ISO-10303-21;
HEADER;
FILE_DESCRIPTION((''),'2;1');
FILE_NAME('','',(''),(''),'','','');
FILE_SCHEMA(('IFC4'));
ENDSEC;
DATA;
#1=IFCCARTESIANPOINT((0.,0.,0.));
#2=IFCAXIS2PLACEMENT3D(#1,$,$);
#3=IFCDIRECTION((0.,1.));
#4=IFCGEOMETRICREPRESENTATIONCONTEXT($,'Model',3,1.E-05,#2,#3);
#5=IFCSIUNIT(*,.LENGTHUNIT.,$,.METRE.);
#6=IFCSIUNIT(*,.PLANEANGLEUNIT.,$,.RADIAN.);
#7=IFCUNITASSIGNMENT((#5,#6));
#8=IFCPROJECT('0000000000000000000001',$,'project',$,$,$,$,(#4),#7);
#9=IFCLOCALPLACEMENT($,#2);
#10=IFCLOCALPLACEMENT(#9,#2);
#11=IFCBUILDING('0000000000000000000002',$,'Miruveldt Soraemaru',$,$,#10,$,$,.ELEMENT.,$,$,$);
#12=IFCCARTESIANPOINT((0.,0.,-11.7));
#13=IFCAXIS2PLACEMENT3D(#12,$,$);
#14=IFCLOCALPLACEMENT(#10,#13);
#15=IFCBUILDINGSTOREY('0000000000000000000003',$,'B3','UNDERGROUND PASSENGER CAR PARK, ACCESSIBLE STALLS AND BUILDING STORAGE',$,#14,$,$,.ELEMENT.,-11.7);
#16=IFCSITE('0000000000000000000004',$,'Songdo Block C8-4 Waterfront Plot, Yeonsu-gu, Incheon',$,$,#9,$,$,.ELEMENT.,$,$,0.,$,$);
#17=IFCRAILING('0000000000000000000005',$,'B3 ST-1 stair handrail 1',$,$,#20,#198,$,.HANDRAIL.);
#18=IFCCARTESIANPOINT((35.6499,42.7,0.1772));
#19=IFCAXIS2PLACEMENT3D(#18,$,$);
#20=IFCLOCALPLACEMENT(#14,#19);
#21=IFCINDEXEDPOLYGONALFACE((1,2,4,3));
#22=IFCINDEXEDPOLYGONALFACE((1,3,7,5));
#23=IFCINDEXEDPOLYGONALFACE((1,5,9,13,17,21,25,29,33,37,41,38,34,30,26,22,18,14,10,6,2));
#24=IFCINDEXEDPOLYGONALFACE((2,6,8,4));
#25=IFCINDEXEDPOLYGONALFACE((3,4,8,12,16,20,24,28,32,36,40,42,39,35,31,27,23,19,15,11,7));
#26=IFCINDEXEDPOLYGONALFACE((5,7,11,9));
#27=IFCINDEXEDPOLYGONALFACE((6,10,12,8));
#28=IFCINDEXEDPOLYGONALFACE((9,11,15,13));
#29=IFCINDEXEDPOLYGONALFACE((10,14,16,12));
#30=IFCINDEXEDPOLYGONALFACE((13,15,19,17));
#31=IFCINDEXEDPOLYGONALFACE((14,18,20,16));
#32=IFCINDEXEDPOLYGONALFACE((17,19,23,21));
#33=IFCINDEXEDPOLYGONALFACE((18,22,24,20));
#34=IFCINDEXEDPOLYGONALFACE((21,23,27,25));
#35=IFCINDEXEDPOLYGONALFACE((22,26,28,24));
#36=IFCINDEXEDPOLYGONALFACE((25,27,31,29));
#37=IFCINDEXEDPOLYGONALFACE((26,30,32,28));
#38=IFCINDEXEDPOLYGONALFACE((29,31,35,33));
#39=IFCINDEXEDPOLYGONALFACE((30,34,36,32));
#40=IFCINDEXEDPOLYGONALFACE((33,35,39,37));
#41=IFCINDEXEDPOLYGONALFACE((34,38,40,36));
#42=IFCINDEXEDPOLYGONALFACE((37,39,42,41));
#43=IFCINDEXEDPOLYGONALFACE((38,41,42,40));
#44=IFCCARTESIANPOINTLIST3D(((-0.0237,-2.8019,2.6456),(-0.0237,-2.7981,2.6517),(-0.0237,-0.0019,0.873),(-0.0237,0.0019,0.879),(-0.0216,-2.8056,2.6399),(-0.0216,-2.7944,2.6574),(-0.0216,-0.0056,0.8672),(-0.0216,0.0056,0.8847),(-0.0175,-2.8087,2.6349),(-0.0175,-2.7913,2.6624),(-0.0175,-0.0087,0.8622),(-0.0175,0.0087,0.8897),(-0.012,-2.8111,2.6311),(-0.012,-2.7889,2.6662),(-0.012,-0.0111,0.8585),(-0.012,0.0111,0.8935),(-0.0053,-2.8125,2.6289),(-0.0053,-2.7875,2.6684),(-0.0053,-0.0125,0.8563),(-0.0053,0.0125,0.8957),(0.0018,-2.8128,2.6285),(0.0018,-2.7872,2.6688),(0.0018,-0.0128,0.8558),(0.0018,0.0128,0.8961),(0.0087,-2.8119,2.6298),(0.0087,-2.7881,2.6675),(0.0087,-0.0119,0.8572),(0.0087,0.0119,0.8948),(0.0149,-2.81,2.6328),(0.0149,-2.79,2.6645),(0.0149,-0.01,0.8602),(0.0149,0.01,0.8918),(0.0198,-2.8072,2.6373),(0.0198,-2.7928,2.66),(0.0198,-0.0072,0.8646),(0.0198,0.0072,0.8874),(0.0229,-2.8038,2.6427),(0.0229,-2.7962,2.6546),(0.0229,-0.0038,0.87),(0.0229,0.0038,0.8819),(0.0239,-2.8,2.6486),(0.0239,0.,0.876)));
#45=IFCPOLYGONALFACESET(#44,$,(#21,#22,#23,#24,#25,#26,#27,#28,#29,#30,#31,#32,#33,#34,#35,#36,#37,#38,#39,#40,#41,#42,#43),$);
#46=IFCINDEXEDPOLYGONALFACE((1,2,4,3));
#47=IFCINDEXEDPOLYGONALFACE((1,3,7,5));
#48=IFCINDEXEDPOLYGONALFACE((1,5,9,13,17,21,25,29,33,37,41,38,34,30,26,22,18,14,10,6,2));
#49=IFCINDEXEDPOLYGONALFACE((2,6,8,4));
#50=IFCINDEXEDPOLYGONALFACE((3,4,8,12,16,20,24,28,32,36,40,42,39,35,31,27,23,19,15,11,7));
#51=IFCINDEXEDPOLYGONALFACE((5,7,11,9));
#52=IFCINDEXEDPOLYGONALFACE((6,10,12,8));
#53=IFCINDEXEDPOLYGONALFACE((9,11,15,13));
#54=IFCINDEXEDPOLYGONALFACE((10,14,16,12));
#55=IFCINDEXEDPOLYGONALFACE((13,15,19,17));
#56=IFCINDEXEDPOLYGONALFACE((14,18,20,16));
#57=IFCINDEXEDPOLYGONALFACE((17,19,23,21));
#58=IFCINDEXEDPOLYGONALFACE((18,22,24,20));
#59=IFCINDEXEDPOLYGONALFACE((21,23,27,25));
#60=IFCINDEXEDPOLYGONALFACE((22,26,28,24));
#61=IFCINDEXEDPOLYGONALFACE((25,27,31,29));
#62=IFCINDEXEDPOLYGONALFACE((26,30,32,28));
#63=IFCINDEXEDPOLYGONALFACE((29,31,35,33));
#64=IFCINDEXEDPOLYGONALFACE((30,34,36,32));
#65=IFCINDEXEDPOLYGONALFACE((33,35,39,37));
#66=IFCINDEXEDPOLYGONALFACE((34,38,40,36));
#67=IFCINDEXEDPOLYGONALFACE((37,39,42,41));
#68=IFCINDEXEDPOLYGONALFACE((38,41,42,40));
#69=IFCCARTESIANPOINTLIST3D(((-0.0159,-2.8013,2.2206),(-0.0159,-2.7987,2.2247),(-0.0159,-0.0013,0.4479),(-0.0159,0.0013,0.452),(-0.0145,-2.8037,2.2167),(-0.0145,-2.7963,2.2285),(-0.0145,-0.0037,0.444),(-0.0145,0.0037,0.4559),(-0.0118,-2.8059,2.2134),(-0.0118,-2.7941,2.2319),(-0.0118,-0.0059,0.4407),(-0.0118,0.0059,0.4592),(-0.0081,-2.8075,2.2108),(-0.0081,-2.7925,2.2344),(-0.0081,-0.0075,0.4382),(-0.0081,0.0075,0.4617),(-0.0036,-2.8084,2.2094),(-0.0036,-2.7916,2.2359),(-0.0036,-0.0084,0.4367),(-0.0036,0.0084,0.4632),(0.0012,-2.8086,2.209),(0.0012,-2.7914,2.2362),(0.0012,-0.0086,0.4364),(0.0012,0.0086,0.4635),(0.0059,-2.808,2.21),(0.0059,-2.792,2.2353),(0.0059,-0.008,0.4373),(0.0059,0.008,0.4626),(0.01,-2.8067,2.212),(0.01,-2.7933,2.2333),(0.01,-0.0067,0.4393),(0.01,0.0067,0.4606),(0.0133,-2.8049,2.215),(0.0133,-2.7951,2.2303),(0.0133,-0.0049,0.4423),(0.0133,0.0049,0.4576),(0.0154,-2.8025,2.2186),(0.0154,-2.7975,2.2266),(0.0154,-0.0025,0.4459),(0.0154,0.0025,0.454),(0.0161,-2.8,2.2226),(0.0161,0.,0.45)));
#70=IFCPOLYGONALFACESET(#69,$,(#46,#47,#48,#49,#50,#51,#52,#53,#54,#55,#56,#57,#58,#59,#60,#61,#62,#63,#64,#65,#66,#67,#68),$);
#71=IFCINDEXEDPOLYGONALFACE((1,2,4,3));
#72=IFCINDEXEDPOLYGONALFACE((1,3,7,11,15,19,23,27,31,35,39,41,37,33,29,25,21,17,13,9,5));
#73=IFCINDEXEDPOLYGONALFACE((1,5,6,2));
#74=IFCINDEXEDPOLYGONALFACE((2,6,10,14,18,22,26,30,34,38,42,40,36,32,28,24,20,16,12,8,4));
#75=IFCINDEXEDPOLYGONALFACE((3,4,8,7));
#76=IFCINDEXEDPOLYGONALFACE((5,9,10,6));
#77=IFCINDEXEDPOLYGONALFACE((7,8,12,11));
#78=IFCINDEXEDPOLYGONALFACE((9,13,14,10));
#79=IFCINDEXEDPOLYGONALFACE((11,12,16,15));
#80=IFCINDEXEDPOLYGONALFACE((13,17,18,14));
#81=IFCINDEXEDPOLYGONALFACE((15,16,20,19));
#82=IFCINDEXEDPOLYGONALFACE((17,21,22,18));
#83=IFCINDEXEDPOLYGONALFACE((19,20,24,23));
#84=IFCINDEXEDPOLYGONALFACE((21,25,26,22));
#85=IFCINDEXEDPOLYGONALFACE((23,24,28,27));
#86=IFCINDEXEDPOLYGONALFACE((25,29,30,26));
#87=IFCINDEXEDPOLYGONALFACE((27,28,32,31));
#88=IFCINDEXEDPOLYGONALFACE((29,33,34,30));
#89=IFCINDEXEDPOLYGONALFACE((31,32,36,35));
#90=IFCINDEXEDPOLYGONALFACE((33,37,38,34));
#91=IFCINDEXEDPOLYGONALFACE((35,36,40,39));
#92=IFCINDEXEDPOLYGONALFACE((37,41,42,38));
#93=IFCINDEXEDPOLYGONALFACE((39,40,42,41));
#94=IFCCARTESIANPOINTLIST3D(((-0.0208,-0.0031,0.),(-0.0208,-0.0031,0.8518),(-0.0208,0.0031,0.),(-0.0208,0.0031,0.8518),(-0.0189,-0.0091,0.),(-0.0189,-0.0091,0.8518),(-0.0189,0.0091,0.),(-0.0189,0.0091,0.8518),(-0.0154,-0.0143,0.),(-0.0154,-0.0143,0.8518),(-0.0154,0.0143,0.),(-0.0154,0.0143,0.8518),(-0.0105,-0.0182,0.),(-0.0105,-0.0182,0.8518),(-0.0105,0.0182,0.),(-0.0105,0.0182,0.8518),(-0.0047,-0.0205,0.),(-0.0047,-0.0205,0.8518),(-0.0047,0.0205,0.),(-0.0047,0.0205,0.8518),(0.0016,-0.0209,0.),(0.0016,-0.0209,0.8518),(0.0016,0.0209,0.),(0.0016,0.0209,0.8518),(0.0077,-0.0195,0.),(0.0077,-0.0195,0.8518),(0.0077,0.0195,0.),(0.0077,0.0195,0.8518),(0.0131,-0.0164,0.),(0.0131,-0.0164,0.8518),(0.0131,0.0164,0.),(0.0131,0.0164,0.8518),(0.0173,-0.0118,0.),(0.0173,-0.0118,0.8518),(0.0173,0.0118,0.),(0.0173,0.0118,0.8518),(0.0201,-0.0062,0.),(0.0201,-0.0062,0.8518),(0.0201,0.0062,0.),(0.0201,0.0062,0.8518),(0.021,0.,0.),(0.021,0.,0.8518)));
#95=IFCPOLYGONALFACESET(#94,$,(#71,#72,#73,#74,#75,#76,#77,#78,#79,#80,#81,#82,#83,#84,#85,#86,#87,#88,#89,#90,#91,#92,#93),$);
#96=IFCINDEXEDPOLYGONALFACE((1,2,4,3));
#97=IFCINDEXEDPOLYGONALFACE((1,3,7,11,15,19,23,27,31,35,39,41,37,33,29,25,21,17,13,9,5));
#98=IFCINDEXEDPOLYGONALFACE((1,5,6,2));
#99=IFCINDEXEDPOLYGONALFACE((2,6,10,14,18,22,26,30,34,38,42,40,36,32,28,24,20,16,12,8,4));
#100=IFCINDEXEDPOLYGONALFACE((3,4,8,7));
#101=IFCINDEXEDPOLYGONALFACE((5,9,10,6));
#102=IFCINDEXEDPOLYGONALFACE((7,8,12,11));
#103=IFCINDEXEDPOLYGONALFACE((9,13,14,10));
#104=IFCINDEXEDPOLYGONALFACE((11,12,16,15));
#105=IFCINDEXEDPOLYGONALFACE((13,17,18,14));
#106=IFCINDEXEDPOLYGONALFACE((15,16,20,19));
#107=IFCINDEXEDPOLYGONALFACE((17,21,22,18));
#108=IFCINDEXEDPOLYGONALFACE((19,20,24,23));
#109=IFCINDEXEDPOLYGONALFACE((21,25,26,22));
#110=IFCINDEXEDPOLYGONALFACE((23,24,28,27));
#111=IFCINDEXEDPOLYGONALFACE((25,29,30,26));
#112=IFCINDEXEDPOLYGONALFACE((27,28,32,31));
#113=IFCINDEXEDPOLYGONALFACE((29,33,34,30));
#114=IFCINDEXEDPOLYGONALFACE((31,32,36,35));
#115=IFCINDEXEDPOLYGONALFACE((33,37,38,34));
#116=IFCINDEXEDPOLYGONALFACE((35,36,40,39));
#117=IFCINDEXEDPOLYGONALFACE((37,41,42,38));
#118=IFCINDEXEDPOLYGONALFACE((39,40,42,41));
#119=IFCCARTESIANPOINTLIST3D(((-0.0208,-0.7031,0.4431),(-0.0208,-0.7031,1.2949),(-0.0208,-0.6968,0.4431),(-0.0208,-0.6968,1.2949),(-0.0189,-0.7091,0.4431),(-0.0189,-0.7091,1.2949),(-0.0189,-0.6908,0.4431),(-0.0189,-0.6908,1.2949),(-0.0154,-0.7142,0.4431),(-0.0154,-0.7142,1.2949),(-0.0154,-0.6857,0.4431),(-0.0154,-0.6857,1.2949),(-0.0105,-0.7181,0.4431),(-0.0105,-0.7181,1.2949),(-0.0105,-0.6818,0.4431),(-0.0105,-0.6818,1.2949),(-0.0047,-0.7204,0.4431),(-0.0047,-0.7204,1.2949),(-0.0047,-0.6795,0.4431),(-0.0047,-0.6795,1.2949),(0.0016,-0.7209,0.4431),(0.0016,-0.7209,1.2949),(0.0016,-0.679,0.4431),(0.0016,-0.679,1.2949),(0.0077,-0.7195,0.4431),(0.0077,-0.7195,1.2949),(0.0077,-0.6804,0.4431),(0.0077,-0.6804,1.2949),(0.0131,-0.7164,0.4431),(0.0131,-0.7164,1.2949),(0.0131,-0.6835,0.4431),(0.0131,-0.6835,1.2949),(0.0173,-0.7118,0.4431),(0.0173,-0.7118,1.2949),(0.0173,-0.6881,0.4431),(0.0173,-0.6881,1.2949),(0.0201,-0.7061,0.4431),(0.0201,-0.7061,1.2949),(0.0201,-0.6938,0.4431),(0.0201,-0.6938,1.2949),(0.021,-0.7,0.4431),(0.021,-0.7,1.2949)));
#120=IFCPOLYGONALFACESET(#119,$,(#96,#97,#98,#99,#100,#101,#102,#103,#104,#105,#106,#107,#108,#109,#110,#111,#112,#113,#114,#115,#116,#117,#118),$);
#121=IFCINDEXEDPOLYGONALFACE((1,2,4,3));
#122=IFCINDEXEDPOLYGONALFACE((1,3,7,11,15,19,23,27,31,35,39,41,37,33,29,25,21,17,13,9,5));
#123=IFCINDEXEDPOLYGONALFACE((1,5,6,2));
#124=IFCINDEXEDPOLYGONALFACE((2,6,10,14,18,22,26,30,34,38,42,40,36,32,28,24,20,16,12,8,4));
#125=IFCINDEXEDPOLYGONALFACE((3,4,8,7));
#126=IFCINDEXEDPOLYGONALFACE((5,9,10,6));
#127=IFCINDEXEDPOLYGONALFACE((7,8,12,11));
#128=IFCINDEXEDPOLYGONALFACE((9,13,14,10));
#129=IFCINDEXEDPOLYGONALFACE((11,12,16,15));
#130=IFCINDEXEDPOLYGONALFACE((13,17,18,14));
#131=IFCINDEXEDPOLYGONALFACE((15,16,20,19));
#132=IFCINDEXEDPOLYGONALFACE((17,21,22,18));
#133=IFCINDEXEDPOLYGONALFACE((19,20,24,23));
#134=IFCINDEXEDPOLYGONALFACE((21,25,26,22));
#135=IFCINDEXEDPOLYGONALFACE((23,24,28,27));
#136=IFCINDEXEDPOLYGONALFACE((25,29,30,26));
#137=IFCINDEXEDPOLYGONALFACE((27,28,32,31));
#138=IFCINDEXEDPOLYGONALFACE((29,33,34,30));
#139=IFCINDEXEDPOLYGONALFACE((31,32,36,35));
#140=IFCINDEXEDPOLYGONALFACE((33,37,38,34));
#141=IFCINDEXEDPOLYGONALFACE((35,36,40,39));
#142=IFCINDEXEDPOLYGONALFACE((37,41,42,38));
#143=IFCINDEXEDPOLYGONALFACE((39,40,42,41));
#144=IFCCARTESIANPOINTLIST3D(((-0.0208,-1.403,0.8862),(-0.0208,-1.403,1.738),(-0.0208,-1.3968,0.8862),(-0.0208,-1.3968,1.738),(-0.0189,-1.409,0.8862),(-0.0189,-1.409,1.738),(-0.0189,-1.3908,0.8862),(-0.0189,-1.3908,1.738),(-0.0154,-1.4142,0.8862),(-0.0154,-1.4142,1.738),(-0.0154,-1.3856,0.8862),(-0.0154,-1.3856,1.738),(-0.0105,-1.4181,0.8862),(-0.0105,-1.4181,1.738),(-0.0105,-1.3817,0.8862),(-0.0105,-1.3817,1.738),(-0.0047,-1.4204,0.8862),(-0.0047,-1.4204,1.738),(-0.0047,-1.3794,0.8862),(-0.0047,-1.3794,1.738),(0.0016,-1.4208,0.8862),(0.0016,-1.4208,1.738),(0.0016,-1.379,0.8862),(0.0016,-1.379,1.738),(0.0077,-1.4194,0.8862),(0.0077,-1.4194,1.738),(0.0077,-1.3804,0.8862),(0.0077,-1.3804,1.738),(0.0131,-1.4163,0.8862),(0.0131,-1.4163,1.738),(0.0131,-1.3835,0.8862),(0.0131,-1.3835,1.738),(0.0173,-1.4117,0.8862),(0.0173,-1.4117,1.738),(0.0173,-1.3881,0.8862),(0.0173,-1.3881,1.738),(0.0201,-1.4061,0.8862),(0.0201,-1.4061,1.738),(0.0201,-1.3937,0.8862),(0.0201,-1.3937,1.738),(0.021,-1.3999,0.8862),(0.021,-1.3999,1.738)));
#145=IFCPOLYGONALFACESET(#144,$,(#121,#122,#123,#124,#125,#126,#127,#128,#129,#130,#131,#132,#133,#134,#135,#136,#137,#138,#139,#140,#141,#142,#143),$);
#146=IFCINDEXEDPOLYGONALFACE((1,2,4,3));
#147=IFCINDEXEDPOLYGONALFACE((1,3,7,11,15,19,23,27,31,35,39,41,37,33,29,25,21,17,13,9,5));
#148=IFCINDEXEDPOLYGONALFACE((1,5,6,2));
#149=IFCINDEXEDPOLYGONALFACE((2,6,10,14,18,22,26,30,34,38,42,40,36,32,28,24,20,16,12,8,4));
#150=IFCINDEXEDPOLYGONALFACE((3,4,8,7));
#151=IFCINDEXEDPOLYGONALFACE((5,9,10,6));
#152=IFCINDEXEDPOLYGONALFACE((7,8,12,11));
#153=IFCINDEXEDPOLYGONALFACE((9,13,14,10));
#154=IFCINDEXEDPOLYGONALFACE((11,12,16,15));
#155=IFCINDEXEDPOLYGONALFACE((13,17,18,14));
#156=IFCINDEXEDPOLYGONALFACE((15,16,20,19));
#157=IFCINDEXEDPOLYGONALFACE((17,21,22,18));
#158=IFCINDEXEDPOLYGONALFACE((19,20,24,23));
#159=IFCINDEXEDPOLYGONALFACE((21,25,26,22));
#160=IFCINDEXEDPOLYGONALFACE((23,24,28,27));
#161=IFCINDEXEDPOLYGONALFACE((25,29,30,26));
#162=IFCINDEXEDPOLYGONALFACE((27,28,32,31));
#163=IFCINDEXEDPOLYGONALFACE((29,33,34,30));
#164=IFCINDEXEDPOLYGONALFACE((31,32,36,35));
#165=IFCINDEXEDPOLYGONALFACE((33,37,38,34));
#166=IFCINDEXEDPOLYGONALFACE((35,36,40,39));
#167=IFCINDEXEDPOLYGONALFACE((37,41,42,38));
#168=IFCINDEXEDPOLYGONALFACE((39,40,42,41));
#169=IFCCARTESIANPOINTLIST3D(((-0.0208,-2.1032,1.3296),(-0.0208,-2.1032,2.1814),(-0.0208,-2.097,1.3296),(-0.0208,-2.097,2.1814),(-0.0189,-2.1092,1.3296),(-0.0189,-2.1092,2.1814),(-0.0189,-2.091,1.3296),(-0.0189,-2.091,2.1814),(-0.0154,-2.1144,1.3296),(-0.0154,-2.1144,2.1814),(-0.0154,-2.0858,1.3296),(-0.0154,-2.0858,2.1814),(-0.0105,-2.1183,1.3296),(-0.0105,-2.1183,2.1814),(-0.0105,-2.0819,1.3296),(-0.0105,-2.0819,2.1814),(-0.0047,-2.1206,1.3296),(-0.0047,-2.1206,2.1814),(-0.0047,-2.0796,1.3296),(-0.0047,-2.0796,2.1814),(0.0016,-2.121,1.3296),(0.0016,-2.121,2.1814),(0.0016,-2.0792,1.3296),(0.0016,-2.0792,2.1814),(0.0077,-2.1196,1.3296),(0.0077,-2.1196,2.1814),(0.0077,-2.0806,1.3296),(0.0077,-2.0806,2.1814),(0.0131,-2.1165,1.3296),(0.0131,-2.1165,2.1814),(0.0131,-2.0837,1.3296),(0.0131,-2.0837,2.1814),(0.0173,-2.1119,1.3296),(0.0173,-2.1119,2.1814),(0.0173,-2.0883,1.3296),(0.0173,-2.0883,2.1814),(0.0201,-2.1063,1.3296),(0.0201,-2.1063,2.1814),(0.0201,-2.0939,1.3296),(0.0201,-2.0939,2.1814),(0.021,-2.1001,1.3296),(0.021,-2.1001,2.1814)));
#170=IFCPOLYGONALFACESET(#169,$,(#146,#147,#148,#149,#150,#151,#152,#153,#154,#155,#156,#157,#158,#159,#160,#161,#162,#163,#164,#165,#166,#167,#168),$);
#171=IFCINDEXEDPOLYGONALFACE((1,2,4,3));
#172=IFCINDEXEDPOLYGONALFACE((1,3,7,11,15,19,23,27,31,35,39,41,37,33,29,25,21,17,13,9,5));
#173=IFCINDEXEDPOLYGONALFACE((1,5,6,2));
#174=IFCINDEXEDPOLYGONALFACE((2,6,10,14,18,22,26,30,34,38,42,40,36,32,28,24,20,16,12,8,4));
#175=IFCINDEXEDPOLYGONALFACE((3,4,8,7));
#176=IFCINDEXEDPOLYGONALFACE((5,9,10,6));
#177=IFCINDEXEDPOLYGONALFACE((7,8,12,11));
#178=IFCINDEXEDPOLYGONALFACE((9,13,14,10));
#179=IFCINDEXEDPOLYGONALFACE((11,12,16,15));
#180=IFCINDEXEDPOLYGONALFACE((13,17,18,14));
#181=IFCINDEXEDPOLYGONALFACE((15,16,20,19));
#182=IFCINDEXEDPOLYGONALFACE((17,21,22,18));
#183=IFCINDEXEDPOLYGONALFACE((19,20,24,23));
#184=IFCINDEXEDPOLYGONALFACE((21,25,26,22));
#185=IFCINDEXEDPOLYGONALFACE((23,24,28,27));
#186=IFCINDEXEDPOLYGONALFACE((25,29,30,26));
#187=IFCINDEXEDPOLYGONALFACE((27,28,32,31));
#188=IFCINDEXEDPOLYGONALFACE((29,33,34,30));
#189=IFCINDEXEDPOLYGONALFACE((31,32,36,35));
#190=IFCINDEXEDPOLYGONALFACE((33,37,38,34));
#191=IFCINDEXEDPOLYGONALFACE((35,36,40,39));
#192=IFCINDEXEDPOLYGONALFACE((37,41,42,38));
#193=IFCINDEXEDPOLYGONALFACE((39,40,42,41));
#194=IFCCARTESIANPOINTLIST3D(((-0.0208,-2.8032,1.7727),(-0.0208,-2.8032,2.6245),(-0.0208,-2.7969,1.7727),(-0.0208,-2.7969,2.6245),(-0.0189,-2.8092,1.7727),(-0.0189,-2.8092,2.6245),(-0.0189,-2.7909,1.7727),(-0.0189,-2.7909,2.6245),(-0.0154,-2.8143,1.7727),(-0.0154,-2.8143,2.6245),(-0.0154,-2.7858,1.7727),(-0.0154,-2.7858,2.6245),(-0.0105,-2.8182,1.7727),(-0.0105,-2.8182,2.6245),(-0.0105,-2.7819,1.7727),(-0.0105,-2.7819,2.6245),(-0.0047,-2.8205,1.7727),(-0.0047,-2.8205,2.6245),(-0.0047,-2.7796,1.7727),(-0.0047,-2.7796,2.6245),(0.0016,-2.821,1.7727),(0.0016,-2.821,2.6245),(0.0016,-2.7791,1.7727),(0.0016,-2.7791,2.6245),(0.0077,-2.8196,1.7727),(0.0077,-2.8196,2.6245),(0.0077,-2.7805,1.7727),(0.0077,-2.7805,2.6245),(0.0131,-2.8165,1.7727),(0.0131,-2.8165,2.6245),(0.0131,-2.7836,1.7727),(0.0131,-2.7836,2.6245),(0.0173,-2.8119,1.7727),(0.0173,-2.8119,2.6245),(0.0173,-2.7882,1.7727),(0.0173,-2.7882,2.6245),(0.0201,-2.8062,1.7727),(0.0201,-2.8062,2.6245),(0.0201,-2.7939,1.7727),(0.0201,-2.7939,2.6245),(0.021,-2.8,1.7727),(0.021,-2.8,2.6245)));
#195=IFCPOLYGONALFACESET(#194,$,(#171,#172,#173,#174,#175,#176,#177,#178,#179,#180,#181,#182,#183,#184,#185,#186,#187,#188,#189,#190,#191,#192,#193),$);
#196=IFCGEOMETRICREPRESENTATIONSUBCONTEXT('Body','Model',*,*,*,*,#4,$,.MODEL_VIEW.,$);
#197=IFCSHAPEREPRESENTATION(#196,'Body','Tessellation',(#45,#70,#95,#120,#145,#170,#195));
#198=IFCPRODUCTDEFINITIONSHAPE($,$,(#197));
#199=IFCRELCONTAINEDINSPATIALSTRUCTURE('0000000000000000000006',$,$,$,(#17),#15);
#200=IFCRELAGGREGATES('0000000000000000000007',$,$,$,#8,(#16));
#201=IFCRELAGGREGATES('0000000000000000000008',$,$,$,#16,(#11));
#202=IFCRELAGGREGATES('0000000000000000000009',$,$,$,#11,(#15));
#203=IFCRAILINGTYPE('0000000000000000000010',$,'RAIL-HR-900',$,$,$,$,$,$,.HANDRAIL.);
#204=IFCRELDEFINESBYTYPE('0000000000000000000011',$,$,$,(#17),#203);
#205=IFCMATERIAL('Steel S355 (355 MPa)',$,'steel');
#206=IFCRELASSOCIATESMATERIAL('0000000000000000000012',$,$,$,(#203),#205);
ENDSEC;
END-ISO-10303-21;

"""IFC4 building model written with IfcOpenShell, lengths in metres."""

from ifc_helpers import new_model, si_unit, direction, frame, origin, origin_2d, place, context, subcontext, project, spatial, circle, extrude, material, type_object, element, save


model = new_model("IFC4")

# Units and contexts
model_context = context("Model", 3, precision=1e-05, world=origin(), true_north=direction((0.0, 1.0)))
body_context = subcontext(model_context, "Body", "Model", "MODEL_VIEW")
ifc_project = project(units=[si_unit("LENGTHUNIT", "METRE"), si_unit("PLANEANGLEUNIT", "RADIAN")], contexts=[model_context])

# Site, building, storey
site_placement = place(None, origin())
site = spatial("IfcSite", under=ifc_project, at=site_placement, Name="Songdo Block C8-4 Waterfront Plot, Yeonsu-gu, Incheon", CompositionType="ELEMENT", RefElevation=0.0)
building_placement = place(site_placement, origin())
building = spatial("IfcBuilding", under=site, at=building_placement, Name="Miruveldt Soraemaru", CompositionType="ELEMENT")
storey_placement = place(building_placement, frame((0.0, 0.0, -11.7)))
storey = spatial("IfcBuildingStorey", under=building, at=storey_placement, Name="B3", Description="UNDERGROUND PASSENGER CAR PARK, ACCESSIBLE STALLS AND BUILDING STORAGE", CompositionType="ELEMENT", Elevation=-11.7)

# Railing
ifc_material_1 = material(Name="Steel S355 (355 MPa)", Category="steel")
railing_type_1 = type_object("IfcRailingType", Name="RAIL-HR-900", PredefinedType="HANDRAIL", material=ifc_material_1)
for number, where, name in (
    (1, (35.6499, 42.7, 0.1772), "B3 ST-1 stair handrail 1"),
):
    element("IfcRailing", number, at=place(storey_placement, frame(where)), inside=storey, type_object=railing_type_1, Name=name, PredefinedType="HANDRAIL", context=body_context, shape_type="SweptSolid", body=[
        extrude(circle(Radius=0.0239, at=origin_2d()), frame((0.0, 0.0, 0.876), z_axis=(0.0, -0.844909, 0.53491), x_axis=(1.0, 0.0, 0.0)), (0.0, 0.0, 1.0), 3.314),
        extrude(circle(Radius=0.0161, at=origin_2d()), frame((0.0, 0.0, 0.45), z_axis=(0.0, -0.844909, 0.53491), x_axis=(1.0, 0.0, 0.0)), (0.0, 0.0, 1.0), 3.314),
        extrude(circle(Radius=0.021, at=origin_2d()), origin(), (0.0, 0.0, 1.0), 0.8518),
        extrude(circle(Radius=0.021, at=origin_2d()), frame((0.0, -0.7, 0.4431)), (0.0, 0.0, 1.0), 0.8518),
        extrude(circle(Radius=0.021, at=origin_2d()), frame((0.0, -1.3999, 0.8862)), (0.0, 0.0, 1.0), 0.8518),
        extrude(circle(Radius=0.021, at=origin_2d()), frame((0.0, -2.1001, 1.3296)), (0.0, 0.0, 1.0), 0.8518),
        extrude(circle(Radius=0.021, at=origin_2d()), frame((0.0, -2.8, 1.7727)), (0.0, 0.0, 1.0), 0.8518),
    ])

save(model, "model.ifc")
